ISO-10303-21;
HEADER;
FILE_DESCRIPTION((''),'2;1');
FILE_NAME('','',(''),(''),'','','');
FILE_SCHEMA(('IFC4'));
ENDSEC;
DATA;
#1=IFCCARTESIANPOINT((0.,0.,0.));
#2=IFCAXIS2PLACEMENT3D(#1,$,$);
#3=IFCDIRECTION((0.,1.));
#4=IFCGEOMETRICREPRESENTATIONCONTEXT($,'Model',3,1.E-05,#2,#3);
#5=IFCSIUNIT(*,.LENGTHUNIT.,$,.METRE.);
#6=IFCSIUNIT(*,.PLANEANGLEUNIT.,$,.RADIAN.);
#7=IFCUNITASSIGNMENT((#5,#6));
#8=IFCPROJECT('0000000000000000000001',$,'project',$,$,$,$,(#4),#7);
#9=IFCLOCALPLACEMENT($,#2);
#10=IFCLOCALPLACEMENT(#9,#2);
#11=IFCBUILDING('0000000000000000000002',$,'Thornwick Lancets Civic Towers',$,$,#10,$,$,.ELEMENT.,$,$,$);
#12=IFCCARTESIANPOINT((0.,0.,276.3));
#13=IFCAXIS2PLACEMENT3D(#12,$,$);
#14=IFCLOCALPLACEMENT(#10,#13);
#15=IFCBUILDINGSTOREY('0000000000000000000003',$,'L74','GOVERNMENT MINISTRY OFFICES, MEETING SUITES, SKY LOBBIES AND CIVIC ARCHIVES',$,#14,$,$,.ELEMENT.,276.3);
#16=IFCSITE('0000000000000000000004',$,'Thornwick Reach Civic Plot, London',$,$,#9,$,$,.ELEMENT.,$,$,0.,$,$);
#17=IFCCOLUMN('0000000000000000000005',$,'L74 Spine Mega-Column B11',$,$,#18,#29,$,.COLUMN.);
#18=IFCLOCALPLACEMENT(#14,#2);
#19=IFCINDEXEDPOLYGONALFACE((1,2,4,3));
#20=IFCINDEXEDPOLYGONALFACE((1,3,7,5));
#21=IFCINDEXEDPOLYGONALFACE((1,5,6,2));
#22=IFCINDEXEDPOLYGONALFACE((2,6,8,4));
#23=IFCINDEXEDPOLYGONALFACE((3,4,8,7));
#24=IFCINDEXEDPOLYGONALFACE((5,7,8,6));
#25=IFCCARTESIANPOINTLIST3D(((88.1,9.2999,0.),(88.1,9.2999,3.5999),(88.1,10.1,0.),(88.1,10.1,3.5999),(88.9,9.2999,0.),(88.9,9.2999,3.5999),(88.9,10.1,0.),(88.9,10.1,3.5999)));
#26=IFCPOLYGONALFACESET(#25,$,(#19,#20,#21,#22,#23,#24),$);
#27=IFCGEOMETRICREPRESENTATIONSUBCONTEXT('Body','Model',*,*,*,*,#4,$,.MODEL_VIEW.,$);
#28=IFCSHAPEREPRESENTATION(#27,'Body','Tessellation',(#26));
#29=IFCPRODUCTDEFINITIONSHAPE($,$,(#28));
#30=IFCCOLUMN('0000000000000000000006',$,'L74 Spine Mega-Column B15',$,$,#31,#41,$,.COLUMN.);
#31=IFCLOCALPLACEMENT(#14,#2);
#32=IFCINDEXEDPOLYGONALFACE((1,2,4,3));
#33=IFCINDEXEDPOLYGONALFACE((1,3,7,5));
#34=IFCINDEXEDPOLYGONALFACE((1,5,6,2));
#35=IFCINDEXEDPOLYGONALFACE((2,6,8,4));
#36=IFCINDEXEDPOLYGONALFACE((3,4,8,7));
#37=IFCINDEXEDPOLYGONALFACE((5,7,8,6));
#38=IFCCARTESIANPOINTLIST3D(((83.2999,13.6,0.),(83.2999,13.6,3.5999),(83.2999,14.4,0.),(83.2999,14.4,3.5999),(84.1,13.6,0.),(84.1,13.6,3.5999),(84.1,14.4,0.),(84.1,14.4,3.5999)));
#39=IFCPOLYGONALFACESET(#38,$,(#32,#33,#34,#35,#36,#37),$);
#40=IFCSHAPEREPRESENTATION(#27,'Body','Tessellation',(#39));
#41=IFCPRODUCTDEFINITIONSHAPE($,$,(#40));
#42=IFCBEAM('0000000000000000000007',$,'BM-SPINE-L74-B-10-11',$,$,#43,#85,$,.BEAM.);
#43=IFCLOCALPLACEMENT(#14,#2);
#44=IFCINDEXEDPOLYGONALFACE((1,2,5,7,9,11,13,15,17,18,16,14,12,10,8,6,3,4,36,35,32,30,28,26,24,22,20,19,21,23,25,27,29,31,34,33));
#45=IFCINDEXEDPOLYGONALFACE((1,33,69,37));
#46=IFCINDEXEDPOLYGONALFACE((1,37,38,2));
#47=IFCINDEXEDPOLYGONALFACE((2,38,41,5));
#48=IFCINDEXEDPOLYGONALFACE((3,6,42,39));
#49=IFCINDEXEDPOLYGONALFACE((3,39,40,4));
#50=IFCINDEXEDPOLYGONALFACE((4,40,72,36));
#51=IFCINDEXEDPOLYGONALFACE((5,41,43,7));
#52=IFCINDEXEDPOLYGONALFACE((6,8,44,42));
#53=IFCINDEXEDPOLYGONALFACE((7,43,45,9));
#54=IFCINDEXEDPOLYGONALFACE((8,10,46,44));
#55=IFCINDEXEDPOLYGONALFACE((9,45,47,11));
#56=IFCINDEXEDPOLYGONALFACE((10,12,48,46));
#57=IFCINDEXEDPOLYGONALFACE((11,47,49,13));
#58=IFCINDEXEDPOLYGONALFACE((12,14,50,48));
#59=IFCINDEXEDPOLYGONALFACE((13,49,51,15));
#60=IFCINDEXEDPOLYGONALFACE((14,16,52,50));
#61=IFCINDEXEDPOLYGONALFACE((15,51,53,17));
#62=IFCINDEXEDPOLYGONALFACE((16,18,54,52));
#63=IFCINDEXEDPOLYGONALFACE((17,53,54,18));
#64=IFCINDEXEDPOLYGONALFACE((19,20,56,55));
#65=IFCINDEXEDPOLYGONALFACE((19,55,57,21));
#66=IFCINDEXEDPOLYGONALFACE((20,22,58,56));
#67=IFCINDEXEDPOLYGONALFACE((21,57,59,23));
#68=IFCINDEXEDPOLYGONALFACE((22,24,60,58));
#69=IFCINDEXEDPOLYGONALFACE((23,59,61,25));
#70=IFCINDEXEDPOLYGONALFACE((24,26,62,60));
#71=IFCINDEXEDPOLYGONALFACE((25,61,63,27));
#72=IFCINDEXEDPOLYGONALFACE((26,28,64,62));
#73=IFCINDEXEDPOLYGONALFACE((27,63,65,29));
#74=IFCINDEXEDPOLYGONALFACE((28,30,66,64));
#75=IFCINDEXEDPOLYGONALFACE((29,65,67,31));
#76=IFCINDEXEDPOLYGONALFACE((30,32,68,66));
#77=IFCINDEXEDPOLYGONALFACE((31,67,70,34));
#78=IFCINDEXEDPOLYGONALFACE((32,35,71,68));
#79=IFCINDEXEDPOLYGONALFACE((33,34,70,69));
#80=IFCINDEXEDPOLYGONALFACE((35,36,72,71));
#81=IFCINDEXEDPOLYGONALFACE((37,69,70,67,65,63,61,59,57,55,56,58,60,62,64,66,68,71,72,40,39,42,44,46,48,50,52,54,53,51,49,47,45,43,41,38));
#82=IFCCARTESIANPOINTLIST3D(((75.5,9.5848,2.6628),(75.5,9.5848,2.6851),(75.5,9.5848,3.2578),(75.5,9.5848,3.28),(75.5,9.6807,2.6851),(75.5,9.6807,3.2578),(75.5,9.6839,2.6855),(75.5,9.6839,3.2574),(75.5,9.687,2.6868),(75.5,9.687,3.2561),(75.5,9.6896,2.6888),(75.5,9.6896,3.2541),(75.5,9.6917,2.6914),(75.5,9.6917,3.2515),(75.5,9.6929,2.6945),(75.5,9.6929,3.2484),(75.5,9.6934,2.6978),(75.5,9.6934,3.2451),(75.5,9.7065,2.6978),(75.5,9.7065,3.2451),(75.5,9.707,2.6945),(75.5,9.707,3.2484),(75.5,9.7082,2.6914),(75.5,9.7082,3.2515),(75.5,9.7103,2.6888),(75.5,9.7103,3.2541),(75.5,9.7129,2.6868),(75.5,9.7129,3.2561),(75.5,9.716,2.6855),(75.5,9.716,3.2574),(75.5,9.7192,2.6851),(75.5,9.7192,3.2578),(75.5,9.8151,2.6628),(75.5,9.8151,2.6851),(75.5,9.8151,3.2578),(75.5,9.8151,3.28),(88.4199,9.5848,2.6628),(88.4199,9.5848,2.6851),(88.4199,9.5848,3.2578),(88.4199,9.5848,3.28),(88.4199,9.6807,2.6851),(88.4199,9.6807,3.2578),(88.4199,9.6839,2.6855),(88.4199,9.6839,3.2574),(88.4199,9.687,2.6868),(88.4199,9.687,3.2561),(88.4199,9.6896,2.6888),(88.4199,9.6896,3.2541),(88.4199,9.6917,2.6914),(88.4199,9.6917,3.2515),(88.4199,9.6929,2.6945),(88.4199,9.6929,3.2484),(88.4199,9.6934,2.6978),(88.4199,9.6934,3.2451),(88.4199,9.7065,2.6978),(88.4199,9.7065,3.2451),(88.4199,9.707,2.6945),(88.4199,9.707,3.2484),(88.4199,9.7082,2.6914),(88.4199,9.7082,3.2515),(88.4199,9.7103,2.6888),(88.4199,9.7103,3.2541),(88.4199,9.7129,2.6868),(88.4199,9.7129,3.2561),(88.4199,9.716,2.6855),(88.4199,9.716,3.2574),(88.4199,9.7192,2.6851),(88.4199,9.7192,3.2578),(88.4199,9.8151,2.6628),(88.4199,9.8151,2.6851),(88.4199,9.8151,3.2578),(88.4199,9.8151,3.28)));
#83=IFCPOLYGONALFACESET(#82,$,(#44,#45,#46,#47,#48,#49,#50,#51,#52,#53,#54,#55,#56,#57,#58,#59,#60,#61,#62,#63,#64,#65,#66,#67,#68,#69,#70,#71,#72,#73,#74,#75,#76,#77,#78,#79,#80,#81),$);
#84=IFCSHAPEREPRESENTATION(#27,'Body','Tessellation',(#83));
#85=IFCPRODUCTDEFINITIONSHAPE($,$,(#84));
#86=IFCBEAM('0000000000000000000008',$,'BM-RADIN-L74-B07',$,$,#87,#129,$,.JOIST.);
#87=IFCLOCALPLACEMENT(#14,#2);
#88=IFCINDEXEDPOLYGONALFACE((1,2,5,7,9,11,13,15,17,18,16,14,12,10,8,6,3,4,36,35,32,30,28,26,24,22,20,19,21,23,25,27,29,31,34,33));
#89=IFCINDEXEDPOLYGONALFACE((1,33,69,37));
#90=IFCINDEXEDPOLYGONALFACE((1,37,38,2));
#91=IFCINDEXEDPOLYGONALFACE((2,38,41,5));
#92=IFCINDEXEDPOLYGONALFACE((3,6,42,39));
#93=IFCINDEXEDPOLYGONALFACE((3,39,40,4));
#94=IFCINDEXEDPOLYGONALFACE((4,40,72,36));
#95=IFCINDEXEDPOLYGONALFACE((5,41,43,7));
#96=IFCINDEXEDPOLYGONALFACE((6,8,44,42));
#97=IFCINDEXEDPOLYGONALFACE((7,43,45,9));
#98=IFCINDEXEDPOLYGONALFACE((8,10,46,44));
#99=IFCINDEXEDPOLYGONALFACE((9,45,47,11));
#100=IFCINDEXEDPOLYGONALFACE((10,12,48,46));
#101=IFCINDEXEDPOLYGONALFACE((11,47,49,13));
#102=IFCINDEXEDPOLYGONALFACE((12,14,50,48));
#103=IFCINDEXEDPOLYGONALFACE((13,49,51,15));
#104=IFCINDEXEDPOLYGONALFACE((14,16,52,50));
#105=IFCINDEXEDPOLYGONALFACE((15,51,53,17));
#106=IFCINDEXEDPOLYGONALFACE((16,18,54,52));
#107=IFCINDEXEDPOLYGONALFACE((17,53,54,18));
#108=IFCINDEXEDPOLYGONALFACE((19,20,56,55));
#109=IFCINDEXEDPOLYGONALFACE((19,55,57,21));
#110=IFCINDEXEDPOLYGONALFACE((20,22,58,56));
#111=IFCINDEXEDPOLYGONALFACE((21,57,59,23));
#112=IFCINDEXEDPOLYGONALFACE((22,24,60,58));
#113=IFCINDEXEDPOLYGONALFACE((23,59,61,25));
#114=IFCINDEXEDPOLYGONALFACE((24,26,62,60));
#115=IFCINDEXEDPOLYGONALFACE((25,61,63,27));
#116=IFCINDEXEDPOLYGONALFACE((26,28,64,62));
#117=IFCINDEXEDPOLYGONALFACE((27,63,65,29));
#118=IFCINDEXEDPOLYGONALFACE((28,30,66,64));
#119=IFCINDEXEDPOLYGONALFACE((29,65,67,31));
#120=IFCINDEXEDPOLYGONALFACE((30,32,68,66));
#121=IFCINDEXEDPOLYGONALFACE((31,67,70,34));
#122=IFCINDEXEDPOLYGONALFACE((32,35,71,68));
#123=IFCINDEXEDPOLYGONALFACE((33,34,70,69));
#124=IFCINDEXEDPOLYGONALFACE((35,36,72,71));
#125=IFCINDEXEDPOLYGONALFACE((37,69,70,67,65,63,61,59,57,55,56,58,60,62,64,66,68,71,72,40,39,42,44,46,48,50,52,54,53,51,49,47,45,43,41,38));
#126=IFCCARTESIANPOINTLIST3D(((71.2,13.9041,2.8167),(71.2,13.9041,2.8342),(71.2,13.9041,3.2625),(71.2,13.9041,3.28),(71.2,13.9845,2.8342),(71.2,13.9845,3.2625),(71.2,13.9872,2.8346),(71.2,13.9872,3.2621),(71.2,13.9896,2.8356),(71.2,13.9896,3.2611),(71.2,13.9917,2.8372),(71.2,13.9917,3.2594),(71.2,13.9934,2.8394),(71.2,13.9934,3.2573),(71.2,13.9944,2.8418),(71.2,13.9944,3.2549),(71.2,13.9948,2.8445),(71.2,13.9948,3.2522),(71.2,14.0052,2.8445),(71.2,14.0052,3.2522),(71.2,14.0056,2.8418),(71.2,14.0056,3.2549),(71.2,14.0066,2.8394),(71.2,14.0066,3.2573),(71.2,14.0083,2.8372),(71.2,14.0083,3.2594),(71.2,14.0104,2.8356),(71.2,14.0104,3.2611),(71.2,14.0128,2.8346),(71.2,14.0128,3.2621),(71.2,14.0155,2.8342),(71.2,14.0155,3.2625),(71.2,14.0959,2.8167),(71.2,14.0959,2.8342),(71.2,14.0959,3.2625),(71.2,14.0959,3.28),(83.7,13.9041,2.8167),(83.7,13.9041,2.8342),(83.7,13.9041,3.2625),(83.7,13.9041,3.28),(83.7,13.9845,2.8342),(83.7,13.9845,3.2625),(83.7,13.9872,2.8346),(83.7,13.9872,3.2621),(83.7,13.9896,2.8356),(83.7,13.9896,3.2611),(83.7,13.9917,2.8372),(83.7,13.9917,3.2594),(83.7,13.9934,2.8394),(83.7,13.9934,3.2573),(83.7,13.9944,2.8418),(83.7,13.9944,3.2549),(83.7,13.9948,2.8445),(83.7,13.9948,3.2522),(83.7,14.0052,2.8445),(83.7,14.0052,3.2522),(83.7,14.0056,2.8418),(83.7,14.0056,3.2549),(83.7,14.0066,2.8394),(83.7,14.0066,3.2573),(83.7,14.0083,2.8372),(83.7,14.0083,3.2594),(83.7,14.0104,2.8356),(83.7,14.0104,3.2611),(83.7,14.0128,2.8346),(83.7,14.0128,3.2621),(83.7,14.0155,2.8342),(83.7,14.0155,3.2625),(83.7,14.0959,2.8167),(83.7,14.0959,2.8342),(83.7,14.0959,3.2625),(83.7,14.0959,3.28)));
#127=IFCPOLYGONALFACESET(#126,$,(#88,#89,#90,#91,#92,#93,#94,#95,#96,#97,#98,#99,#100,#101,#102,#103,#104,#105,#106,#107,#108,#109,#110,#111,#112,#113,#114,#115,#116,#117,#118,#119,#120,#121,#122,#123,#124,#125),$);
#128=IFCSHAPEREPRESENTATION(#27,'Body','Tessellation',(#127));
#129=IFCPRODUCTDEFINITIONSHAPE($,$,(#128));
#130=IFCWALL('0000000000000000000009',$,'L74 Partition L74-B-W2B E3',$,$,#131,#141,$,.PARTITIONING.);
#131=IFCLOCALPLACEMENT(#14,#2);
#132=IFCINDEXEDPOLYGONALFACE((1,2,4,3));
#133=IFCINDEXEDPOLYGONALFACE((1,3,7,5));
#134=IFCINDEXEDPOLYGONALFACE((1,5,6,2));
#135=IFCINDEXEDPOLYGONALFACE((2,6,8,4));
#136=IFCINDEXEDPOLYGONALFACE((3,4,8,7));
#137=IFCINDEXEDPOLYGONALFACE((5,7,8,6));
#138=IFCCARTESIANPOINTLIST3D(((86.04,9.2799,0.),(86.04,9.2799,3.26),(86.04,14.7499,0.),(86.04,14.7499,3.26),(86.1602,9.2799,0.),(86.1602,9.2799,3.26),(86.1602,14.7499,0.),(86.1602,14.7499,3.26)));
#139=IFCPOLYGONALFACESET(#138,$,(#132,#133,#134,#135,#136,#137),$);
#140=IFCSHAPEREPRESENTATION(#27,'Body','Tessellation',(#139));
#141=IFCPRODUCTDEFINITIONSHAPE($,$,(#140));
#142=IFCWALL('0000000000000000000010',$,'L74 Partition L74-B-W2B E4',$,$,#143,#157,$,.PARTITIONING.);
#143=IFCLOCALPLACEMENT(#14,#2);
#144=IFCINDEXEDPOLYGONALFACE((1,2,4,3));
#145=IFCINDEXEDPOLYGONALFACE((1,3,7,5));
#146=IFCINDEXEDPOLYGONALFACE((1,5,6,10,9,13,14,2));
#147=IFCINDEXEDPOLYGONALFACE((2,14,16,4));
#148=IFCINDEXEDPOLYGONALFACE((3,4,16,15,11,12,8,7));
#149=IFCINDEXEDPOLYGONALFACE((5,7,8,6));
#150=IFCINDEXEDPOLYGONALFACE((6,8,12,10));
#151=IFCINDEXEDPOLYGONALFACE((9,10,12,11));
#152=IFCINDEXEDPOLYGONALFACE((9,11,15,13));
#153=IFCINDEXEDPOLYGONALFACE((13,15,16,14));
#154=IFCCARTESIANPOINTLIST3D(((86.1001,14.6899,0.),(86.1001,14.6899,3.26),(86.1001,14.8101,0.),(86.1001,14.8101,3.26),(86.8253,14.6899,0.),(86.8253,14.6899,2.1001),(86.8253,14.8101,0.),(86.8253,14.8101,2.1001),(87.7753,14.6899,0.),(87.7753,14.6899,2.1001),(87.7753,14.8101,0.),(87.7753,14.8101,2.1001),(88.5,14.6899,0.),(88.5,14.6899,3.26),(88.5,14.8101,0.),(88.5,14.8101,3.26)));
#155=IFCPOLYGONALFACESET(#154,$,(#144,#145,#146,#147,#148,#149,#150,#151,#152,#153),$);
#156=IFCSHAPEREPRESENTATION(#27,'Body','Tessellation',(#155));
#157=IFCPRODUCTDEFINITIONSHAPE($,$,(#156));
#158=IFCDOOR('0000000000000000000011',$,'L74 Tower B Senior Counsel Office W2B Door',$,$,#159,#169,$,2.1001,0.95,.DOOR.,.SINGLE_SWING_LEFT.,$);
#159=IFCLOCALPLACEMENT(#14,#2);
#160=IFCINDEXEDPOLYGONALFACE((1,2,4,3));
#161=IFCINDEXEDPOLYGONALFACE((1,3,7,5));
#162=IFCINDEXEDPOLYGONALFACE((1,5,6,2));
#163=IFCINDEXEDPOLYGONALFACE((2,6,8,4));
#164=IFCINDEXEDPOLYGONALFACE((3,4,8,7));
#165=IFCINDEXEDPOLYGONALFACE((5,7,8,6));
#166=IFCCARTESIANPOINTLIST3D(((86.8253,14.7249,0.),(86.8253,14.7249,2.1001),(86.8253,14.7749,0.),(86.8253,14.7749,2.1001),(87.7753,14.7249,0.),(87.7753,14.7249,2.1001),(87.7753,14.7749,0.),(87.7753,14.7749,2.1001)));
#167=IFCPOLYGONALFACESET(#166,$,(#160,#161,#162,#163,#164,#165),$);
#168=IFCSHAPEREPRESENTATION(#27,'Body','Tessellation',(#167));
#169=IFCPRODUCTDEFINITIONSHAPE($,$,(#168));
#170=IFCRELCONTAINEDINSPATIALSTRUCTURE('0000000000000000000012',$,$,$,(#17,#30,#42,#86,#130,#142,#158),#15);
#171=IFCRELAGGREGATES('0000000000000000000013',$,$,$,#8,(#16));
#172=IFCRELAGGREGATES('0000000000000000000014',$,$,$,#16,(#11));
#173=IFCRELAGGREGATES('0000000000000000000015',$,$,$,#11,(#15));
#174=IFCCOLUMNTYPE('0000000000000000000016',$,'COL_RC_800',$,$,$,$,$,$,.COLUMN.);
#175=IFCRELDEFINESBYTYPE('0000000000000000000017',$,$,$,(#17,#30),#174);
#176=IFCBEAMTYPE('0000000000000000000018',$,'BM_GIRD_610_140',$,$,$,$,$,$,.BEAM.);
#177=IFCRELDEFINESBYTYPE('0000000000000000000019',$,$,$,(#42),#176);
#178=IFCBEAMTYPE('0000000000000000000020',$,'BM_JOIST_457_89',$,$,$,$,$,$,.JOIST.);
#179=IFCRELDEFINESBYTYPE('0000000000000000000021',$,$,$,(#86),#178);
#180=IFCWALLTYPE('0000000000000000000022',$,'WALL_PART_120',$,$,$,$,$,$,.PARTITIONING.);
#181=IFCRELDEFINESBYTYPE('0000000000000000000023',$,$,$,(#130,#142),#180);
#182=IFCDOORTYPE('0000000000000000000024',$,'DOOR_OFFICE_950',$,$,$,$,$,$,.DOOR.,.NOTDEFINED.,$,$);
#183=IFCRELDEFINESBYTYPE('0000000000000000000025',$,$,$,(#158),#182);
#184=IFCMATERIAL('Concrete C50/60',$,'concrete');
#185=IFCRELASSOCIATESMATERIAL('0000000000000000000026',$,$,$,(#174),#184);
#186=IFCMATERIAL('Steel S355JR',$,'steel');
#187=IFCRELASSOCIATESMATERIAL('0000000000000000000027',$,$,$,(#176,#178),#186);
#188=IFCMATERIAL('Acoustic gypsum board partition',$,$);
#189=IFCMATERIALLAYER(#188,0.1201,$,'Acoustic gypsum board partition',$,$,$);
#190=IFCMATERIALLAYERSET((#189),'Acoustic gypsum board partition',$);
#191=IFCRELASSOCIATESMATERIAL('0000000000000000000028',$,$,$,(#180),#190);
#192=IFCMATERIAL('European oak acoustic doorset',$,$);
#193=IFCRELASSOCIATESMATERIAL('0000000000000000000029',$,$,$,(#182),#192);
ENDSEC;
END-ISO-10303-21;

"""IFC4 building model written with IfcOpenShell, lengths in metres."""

from ifc_helpers import new_model, si_unit, direction, frame, frame_2d, origin, origin_2d, place, context, subcontext, project, spatial, rectangle, i_section, extrude, material, layer, layer_set, material_profile, profile_set, type_object, element, fill, save


model = new_model("IFC4")

# Units and contexts
model_context = context("Model", 3, precision=1e-05, world=origin(), true_north=direction((0.0, 1.0)))
body_context = subcontext(model_context, "Body", "Model", "MODEL_VIEW")
ifc_project = project(units=[si_unit("LENGTHUNIT", "METRE"), si_unit("PLANEANGLEUNIT", "RADIAN")], contexts=[model_context])

# Site, building, storey
site_placement = place(None, origin())
site = spatial("IfcSite", under=ifc_project, at=site_placement, Name="Thornwick Reach Civic Plot, London", CompositionType="ELEMENT", RefElevation=0.0)
building_placement = place(site_placement, origin())
building = spatial("IfcBuilding", under=site, at=building_placement, Name="Thornwick Lancets Civic Towers", CompositionType="ELEMENT")
storey_placement = place(building_placement, frame((0.0, 0.0, 276.3)))
storey = spatial("IfcBuildingStorey", under=building, at=storey_placement, Name="L74", Description="GOVERNMENT MINISTRY OFFICES, MEETING SUITES, SKY LOBBIES AND CIVIC ARCHIVES", CompositionType="ELEMENT", Elevation=276.3)

# Columns
ifc_material_1 = material(Name="Concrete C50/60", Category="concrete")
ifc_material_profile_1 = material_profile(ifc_material_1, rectangle(XDim=0.8, YDim=0.8, at=origin_2d()), Name="RC 800x800")
ifc_profile_set_1 = profile_set([ifc_material_profile_1], Name="Concrete C50/60")
column_type = type_object("IfcColumnType", Name="COL_RC_800", PredefinedType="COLUMN", material=ifc_profile_set_1)
for number, where, z_axis, x_axis, name in (
    (1, (88.5, 9.7, 0.0), (0.0, 0.0, 1.0), (1.0, 0.0, 0.0), "L74 Spine Mega-Column B11"),
    (2, (83.7, 14.0, 0.0), (0.0, 0.0, 1.0), (1.0, 0.0, 0.0), "L74 Spine Mega-Column B15"),
):
    element("IfcColumn", number, at=place(storey_placement, frame(where, z_axis=z_axis, x_axis=x_axis)), inside=storey, type_object=column_type, Name=name, PredefinedType="COLUMN", context=body_context, shape_type="SweptSolid", body=[
        extrude(rectangle(XDim=0.8, YDim=0.8, at=origin_2d()), origin(), (0.0, 0.0, 1.0), 3.5999),
    ])

# Beams
ifc_material_2 = material(Name="Steel S355JR", Category="steel")
ifc_material_profile_2 = material_profile(ifc_material_2, i_section(OverallWidth=0.2302, OverallDepth=0.6172, WebThickness=0.0132, FlangeThickness=0.0222, FilletRadius=0.0127, at=origin_2d()), Name="UKB 610x229x140")
ifc_profile_set_2 = profile_set([ifc_material_profile_2], Name="Steel S355JR")
beam_type_1 = type_object("IfcBeamType", Name="BM_GIRD_610_140", PredefinedType="BEAM", material=ifc_profile_set_2)
beam_1_placement = place(storey_placement, frame((88.4199, 9.7, 2.9714), z_axis=(-1.0, 0.0, 0.0), x_axis=(0.0, -1.0, 0.0)))
element("IfcBeam", 3, at=beam_1_placement, inside=storey, type_object=beam_type_1, Name="BM-SPINE-L74-B-10-11", PredefinedType="BEAM", context=body_context, shape_type="SweptSolid", body=[
    extrude(i_section(OverallWidth=0.2302, OverallDepth=0.6172, WebThickness=0.0132, FlangeThickness=0.0222, FilletRadius=0.0127, at=origin_2d()), origin(), (0.0, 0.0, 1.0), 12.9199),
])
ifc_material_profile_3 = material_profile(ifc_material_2, i_section(OverallWidth=0.1919, OverallDepth=0.4634, WebThickness=0.0105, FlangeThickness=0.0176, FilletRadius=0.0103, at=origin_2d()), Name="UKB 457x191x89")
ifc_profile_set_3 = profile_set([ifc_material_profile_3], Name="Steel S355JR")
beam_type_2 = type_object("IfcBeamType", Name="BM_JOIST_457_89", PredefinedType="JOIST", material=ifc_profile_set_3)
beam_2_placement = place(storey_placement, frame((83.7, 14.0, 3.0483), z_axis=(-1.0, 0.0, 0.0), x_axis=(0.0, -1.0, 0.0)))
element("IfcBeam", 4, at=beam_2_placement, inside=storey, type_object=beam_type_2, Name="BM-RADIN-L74-B07", PredefinedType="JOIST", context=body_context, shape_type="SweptSolid", body=[
    extrude(i_section(OverallWidth=0.1919, OverallDepth=0.4634, WebThickness=0.0105, FlangeThickness=0.0176, FilletRadius=0.0103, at=origin_2d()), origin(), (0.0, 0.0, 1.0), 12.5),
])

# Wall
ifc_material_3 = material(Name="Acoustic gypsum board partition")
ifc_layer_1 = layer(ifc_material_3, 0.1201, Name="Acoustic gypsum board partition")
ifc_layer_set_1 = layer_set([ifc_layer_1], Name="Acoustic gypsum board partition")
wall_type_1 = type_object("IfcWallType", Name="WALL_PART_120", PredefinedType="PARTITIONING", material=ifc_layer_set_1)
wall_1_placement = place(storey_placement, frame((86.1001, 9.28, 0.0), z_axis=(0.0, 0.0, 1.0), x_axis=(0.0, 1.0, 0.0)))
element("IfcWall", 5, at=wall_1_placement, inside=storey, type_object=wall_type_1, Name="L74 Partition L74-B-W2B E3", PredefinedType="PARTITIONING", context=body_context, shape_type="SweptSolid", body=[
    extrude(rectangle(XDim=5.47, YDim=0.1201, at=frame_2d((2.7349, 0.0))), origin(), (0.0, 0.0, 1.0), 3.26),
])

# Wall, opening, door
wall_2_placement = place(storey_placement, frame((86.1001, 14.75, 0.0), z_axis=(0.0, 0.0, 1.0), x_axis=(1.0, 0.0, 0.0)))
wall_2 = element("IfcWall", 6, at=wall_2_placement, inside=storey, type_object=wall_type_1, Name="L74 Partition L74-B-W2B E4", PredefinedType="PARTITIONING", context=body_context, shape_type="SweptSolid", body=[
    extrude(rectangle(XDim=2.3999, YDim=0.1201, at=frame_2d((1.2, 0.0))), origin(), (0.0, 0.0, 1.0), 3.26),
])
opening_1_placement = place(wall_2_placement, frame((0.7251, 0.0, 0.0)))
opening_1 = element("IfcOpeningElement", 7, at=opening_1_placement, cuts=wall_2, PredefinedType="OPENING", context=body_context, shape_type="SweptSolid", body=[
    extrude(rectangle(XDim=0.95, YDim=2.1001, at=frame_2d((0.4751, 1.05))), frame((0.0, 0.0701, 0.0), z_axis=(0.0, -1.0, 0.0), x_axis=(1.0, 0.0, 0.0)), (0.0, 0.0, 1.0), 0.1401),
])
ifc_material_4 = material(Name="European oak acoustic doorset")
door_type_1 = type_object("IfcDoorType", Name="DOOR_OFFICE_950", OperationType="NOTDEFINED", PredefinedType="DOOR", material=ifc_material_4)
door_1_placement = place(opening_1_placement, origin())
door_1 = element("IfcDoor", 8, at=door_1_placement, inside=storey, type_object=door_type_1, Name="L74 Tower B Senior Counsel Office W2B Door", OperationType="SINGLE_SWING_LEFT", OverallHeight=2.1001, OverallWidth=0.95, PredefinedType="DOOR", context=body_context, shape_type="SweptSolid", body=[
    extrude(rectangle(XDim=0.95, YDim=2.1001, at=frame_2d((0.4751, 1.05))), frame((0.0, 0.0249, 0.0), z_axis=(0.0, -1.0, 0.0), x_axis=(1.0, 0.0, 0.0)), (0.0, 0.0, 1.0), 0.05),
])
fill(opening_1, door_1)

save(model, "model.ifc")
